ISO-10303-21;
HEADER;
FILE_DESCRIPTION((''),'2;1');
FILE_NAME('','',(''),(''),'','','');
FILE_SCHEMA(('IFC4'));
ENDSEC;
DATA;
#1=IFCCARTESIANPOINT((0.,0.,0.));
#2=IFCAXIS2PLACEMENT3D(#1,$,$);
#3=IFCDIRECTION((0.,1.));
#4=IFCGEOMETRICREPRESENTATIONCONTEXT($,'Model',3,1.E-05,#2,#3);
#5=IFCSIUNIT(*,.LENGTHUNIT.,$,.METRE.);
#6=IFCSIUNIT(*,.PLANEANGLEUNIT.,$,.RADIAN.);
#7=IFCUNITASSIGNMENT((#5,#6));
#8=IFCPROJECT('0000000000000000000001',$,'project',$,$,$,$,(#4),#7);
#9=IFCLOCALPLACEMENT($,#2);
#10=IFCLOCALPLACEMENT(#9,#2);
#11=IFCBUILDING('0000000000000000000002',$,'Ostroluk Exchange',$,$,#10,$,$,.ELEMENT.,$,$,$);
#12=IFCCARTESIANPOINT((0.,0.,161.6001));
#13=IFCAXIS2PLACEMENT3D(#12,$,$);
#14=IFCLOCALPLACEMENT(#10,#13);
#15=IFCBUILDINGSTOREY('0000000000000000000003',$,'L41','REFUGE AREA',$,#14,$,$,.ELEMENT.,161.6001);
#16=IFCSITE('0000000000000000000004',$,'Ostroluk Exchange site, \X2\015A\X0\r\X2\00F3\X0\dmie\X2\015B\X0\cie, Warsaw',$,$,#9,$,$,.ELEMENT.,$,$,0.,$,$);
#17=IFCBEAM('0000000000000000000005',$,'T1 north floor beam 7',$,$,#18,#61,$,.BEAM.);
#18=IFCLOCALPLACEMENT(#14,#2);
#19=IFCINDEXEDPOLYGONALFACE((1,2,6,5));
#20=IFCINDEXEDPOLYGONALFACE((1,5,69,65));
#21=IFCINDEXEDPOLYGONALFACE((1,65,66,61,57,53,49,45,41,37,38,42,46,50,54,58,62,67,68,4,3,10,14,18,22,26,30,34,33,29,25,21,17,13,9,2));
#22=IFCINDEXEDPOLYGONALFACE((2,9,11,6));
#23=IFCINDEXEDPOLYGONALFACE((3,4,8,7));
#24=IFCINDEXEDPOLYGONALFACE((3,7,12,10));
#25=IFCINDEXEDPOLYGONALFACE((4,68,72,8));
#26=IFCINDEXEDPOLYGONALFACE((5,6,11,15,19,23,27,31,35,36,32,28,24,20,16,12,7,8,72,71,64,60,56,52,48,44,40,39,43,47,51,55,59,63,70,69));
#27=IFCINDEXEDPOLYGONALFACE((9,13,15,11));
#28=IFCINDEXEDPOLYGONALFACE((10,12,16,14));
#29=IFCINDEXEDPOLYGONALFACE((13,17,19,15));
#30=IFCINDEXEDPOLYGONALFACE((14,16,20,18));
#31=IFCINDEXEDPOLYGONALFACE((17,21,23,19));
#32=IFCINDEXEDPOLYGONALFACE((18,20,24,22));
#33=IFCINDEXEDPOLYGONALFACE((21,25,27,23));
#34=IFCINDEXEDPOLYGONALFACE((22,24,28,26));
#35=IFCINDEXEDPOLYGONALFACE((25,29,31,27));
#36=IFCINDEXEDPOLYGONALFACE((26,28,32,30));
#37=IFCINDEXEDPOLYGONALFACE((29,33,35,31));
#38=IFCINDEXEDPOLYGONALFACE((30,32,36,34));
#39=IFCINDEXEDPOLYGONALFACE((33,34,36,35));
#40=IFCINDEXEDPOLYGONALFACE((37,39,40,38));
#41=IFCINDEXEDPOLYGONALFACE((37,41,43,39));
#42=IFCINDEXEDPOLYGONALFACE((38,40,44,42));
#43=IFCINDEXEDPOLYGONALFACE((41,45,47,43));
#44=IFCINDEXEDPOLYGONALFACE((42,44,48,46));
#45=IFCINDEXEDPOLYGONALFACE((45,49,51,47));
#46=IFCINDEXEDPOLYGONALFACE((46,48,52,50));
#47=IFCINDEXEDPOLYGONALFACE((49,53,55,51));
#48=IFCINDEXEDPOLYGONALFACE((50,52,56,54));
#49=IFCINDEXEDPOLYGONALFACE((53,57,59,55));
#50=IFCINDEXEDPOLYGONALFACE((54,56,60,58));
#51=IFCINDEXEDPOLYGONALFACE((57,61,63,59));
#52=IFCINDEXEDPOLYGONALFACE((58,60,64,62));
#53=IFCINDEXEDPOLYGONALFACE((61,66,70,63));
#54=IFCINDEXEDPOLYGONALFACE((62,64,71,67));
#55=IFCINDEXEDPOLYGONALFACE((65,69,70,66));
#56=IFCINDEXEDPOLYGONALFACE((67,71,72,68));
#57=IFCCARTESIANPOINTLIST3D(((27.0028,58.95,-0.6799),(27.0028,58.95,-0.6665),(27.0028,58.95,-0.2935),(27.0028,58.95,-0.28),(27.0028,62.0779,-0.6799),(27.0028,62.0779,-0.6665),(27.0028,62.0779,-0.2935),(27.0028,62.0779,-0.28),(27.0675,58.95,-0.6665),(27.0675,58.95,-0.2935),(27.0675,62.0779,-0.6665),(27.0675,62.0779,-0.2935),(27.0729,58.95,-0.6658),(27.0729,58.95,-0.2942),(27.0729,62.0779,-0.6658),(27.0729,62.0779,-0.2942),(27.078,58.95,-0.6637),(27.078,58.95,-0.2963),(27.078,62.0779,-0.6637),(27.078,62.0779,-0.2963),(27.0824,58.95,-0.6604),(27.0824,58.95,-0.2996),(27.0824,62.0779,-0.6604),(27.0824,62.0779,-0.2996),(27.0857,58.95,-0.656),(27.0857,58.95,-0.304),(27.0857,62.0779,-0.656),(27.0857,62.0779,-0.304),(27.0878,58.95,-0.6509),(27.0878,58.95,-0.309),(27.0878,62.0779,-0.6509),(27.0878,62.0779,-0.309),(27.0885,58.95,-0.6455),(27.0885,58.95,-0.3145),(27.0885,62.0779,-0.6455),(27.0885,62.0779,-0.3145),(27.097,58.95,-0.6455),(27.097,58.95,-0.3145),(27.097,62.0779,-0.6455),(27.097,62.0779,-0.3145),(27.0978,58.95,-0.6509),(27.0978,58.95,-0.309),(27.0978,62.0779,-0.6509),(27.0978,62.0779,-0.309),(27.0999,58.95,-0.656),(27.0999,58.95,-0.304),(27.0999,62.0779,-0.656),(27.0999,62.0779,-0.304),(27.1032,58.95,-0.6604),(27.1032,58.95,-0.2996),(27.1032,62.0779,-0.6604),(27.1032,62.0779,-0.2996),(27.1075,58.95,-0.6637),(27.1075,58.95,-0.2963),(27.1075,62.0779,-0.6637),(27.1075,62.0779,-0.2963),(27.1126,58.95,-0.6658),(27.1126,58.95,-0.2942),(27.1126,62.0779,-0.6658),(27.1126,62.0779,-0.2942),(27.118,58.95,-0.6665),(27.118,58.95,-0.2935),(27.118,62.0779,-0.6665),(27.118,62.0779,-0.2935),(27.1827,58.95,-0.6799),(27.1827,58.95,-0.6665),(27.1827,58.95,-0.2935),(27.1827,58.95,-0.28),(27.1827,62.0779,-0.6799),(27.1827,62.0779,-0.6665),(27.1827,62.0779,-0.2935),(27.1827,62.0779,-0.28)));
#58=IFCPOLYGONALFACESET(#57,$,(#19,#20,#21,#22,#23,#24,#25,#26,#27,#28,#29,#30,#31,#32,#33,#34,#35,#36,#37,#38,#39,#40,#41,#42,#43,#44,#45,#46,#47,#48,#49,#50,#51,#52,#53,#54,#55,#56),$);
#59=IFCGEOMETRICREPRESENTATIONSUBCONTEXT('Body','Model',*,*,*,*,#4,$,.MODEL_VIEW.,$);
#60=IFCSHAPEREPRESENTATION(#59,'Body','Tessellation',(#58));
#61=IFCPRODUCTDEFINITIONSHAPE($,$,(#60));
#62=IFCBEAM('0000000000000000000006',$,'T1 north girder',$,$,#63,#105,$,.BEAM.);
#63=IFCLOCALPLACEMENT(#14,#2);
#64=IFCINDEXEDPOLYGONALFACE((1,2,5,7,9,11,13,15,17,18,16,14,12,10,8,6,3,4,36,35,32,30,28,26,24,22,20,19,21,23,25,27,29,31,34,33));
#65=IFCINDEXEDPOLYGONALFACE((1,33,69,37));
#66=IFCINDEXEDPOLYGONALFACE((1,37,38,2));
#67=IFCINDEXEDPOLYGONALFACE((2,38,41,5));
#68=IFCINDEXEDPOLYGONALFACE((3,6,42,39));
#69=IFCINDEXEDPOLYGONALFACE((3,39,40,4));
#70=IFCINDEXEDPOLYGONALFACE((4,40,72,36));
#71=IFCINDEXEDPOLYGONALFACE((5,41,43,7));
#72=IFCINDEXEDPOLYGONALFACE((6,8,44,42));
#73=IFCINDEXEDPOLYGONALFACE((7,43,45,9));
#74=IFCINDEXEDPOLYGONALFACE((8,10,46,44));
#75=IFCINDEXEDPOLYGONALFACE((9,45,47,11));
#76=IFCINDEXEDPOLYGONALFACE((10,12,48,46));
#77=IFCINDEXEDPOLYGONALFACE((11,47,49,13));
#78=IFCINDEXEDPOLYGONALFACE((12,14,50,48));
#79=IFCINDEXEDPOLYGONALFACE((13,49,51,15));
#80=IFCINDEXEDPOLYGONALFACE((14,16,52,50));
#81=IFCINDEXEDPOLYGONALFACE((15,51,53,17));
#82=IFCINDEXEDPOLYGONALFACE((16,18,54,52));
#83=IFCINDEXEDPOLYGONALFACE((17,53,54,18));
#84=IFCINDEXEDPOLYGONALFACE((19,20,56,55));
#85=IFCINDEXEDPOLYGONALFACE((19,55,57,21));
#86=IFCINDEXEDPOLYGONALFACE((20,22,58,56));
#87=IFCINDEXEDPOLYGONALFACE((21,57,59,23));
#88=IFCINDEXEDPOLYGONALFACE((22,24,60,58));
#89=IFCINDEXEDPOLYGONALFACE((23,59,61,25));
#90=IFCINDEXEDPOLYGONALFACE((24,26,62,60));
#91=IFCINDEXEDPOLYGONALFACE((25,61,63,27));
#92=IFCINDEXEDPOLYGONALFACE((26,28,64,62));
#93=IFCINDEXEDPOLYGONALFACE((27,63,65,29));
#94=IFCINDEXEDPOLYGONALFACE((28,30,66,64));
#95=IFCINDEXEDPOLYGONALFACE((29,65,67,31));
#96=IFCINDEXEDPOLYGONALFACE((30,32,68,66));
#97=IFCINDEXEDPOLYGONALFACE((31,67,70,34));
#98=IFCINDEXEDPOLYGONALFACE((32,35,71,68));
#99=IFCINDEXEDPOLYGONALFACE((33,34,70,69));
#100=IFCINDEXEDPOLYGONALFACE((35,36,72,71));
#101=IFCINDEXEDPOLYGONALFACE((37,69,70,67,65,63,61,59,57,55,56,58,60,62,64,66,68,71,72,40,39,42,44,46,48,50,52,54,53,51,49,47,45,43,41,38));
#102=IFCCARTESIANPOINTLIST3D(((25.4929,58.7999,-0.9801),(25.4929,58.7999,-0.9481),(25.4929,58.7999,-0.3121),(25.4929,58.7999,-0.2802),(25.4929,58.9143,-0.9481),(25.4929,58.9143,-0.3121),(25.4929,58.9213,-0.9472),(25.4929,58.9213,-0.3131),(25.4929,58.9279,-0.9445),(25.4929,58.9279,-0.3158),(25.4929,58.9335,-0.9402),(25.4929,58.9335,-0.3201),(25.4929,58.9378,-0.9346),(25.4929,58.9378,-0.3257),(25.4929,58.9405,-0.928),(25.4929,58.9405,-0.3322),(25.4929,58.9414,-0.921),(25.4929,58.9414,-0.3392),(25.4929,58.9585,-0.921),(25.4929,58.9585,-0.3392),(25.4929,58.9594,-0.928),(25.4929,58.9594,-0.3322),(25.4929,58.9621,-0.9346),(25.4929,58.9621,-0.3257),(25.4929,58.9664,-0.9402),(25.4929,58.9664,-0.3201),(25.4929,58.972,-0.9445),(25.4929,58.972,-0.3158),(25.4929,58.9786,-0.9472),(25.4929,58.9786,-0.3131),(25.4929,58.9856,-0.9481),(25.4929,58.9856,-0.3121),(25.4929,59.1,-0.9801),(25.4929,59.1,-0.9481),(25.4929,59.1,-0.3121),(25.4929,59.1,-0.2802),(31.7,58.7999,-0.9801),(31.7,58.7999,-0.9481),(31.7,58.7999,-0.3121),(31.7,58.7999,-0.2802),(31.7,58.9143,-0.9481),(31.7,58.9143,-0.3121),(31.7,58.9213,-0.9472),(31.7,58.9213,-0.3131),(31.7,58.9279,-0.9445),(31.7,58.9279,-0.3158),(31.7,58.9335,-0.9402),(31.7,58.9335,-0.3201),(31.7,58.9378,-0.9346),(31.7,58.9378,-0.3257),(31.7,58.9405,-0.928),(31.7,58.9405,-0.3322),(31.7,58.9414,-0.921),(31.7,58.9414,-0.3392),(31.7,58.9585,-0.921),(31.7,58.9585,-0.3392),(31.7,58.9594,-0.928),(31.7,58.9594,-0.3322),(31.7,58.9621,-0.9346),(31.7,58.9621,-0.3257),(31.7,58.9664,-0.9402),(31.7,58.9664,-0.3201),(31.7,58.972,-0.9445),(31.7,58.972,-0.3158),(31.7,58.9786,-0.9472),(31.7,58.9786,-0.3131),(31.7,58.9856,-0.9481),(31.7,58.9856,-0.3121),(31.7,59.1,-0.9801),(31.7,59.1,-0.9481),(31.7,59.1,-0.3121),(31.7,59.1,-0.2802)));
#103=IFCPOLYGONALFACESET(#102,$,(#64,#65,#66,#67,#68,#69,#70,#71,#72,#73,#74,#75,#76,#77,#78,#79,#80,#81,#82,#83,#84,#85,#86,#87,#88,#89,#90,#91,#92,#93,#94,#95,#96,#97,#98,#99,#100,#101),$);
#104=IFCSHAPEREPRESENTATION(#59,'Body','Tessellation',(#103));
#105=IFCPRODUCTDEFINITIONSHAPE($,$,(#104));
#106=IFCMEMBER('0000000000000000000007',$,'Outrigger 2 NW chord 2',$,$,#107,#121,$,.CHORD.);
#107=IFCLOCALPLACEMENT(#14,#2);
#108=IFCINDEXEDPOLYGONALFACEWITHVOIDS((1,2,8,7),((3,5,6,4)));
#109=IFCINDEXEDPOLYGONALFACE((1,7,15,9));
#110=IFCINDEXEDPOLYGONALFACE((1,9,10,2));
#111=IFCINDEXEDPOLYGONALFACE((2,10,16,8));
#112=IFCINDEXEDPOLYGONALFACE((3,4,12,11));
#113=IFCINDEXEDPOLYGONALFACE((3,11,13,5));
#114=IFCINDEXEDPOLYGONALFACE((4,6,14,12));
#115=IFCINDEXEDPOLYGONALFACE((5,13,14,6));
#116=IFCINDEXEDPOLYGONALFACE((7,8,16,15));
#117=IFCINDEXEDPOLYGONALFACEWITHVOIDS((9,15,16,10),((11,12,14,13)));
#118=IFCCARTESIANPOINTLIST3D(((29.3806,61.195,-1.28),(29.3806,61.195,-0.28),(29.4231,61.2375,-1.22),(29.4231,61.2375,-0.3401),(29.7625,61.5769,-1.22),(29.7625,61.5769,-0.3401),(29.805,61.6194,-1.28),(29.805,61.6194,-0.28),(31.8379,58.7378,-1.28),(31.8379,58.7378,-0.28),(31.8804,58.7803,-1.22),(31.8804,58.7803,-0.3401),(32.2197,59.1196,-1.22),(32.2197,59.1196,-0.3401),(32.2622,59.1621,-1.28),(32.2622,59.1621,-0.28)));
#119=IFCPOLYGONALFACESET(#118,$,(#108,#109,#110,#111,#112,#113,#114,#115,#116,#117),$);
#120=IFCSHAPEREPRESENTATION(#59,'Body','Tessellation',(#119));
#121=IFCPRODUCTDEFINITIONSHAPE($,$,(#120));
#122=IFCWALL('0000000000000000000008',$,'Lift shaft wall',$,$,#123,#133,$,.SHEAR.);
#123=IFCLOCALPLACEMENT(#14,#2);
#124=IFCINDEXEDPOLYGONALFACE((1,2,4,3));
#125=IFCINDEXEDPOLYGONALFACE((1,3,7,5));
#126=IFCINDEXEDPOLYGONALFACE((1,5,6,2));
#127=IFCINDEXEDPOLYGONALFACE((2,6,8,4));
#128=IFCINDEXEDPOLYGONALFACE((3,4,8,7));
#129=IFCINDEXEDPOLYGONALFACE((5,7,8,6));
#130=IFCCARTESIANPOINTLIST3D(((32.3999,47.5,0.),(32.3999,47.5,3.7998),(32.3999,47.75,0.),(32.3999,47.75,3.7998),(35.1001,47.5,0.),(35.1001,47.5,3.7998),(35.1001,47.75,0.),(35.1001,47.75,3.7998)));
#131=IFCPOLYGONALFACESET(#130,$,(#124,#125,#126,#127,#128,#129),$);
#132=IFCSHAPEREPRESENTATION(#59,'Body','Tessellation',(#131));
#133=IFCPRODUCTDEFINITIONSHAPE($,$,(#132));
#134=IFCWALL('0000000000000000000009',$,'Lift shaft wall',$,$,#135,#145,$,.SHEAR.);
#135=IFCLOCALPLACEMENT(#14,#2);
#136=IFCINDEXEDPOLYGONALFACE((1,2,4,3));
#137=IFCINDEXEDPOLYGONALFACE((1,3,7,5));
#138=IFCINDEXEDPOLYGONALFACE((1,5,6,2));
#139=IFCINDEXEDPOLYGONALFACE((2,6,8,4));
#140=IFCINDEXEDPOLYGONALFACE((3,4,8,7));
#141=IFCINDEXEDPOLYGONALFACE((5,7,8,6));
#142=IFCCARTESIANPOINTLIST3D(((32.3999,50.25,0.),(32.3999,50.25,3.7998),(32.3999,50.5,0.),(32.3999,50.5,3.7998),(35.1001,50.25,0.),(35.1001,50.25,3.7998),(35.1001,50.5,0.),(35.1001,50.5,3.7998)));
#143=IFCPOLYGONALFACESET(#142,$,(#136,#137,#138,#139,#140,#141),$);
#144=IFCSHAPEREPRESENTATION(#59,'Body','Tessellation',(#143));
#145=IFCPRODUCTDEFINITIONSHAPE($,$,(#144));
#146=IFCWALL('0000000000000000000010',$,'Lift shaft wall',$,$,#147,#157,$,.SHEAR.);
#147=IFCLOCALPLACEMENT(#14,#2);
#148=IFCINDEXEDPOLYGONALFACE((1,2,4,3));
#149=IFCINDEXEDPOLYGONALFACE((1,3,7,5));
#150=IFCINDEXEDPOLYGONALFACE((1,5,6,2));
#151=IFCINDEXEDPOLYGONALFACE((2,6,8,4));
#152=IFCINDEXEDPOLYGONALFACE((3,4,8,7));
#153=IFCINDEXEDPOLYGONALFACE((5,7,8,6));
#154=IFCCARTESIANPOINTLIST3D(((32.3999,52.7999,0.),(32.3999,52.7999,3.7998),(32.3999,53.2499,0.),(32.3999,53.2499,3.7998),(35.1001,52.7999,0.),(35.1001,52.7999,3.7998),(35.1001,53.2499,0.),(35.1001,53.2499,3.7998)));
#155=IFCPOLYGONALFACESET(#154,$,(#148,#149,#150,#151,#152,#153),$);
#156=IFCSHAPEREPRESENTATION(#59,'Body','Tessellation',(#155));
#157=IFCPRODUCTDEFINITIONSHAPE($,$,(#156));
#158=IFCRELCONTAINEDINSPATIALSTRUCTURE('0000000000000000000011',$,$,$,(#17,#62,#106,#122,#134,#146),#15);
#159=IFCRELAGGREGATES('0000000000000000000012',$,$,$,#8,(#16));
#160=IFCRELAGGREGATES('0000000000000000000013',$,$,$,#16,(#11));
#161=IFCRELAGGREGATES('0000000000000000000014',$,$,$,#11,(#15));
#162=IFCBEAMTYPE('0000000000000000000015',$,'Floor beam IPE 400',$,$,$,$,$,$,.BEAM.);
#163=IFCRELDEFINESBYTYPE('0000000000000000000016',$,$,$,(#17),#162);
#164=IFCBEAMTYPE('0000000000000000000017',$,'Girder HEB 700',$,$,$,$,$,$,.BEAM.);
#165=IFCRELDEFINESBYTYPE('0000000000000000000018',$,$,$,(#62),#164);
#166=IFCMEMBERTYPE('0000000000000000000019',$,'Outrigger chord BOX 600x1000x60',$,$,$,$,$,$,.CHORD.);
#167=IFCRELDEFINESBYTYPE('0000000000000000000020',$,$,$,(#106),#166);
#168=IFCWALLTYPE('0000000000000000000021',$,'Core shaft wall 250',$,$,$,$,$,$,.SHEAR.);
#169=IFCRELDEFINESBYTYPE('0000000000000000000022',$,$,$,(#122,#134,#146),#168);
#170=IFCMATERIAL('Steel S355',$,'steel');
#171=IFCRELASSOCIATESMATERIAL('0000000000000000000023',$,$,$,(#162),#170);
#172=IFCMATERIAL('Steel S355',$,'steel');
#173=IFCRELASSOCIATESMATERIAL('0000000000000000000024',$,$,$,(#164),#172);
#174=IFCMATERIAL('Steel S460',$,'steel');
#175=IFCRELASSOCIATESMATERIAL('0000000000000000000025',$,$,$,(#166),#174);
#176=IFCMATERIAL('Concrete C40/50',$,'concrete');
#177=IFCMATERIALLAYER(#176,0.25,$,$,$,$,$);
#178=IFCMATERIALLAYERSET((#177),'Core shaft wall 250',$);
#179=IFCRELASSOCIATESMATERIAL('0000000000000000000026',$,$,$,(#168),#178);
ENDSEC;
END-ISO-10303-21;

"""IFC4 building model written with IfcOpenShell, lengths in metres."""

from ifc_helpers import new_model, si_unit, direction, frame, frame_2d, origin, origin_2d, place, context, subcontext, project, spatial, rectangle, hollow_rectangle, i_section, extrude, material, layer, layer_set, material_profile, profile_set, type_object, element, save


model = new_model("IFC4")

# Units and contexts
model_context = context("Model", 3, precision=1e-05, world=origin(), true_north=direction((0.0, 1.0)))
body_context = subcontext(model_context, "Body", "Model", "MODEL_VIEW")
ifc_project = project(units=[si_unit("LENGTHUNIT", "METRE"), si_unit("PLANEANGLEUNIT", "RADIAN")], contexts=[model_context])

# Site, building, storey
site_placement = place(None, origin())
site = spatial("IfcSite", under=ifc_project, at=site_placement, Name="Ostroluk Exchange site, Śródmieście, Warsaw", CompositionType="ELEMENT", RefElevation=0.0)
building_placement = place(site_placement, origin())
building = spatial("IfcBuilding", under=site, at=building_placement, Name="Ostroluk Exchange", CompositionType="ELEMENT")
storey_placement = place(building_placement, frame((0.0, 0.0, 161.6001)))
storey = spatial("IfcBuildingStorey", under=building, at=storey_placement, Name="L41", Description="REFUGE AREA", CompositionType="ELEMENT", Elevation=161.6001)

# Beams
ifc_material_1 = material(Name="Steel S355", Category="steel")
ifc_material_profile_1 = material_profile(ifc_material_1, i_section(OverallWidth=0.1799, OverallDepth=0.3999, WebThickness=0.0085, FlangeThickness=0.0134, FilletRadius=0.021, at=origin_2d()), Name="IPE 400")
ifc_profile_set_1 = profile_set([ifc_material_profile_1], Name="Steel S355")
beam_type_1 = type_object("IfcBeamType", Name="Floor beam IPE 400", PredefinedType="BEAM", material=ifc_profile_set_1)
beam_1_placement = place(storey_placement, frame((27.0928, 58.95, -0.48), z_axis=(0.0, 1.0, 0.0), x_axis=(-1.0, 0.0, 0.0)))
element("IfcBeam", 1, at=beam_1_placement, inside=storey, type_object=beam_type_1, Name="T1 north floor beam 7", PredefinedType="BEAM", context=body_context, shape_type="SweptSolid", body=[
    extrude(i_section(OverallWidth=0.1799, OverallDepth=0.3999, WebThickness=0.0085, FlangeThickness=0.0134, FilletRadius=0.021, at=origin_2d()), origin(), (0.0, 0.0, 1.0), 3.1279),
])
ifc_material_2 = material(Name="Steel S355", Category="steel")
ifc_material_profile_2 = material_profile(ifc_material_2, i_section(OverallWidth=0.3, OverallDepth=0.7, WebThickness=0.0171, FlangeThickness=0.032, FilletRadius=0.0271, at=origin_2d()), Name="HEB 700")
ifc_profile_set_2 = profile_set([ifc_material_profile_2], Name="Steel S355")
beam_type_2 = type_object("IfcBeamType", Name="Girder HEB 700", PredefinedType="BEAM", material=ifc_profile_set_2)
beam_2_placement = place(storey_placement, frame((31.7, 58.95, -0.6301), z_axis=(-1.0, 0.0, 0.0), x_axis=(0.0, -1.0, 0.0)))
element("IfcBeam", 2, at=beam_2_placement, inside=storey, type_object=beam_type_2, Name="T1 north girder", PredefinedType="BEAM", context=body_context, shape_type="SweptSolid", body=[
    extrude(i_section(OverallWidth=0.3, OverallDepth=0.7, WebThickness=0.0171, FlangeThickness=0.032, FilletRadius=0.0271, at=origin_2d()), origin(), (0.0, 0.0, 1.0), 6.207),
])

# Member
ifc_material_3 = material(Name="Steel S460", Category="steel")
ifc_material_profile_3 = material_profile(ifc_material_3, hollow_rectangle(XDim=0.6001, YDim=1.0, WallThickness=0.0601, at=origin_2d()), Name="BOX 600x1000x60")
ifc_profile_set_3 = profile_set([ifc_material_profile_3], Name="Steel S460")
member_type = type_object("IfcMemberType", Name="Outrigger chord BOX 600x1000x60", PredefinedType="CHORD", material=ifc_profile_set_3)
member_placement = place(storey_placement, frame((32.05, 58.95, -0.78), z_axis=(-0.707107, 0.707107, 0.0), x_axis=(-0.707107, -0.707107, 0.0)))
element("IfcMember", 3, at=member_placement, inside=storey, type_object=member_type, Name="Outrigger 2 NW chord 2", PredefinedType="CHORD", context=body_context, shape_type="SweptSolid", body=[
    extrude(hollow_rectangle(XDim=0.6001, YDim=1.0, WallThickness=0.0601, at=origin_2d()), origin(), (0.0, 0.0, 1.0), 3.4751),
])

# Walls
ifc_material_4 = material(Name="Concrete C40/50", Category="concrete")
ifc_layer_1 = layer(ifc_material_4, 0.25)
ifc_layer_set_1 = layer_set([ifc_layer_1], Name="Core shaft wall 250")
wall_type_1 = type_object("IfcWallType", Name="Core shaft wall 250", PredefinedType="SHEAR", material=ifc_layer_set_1)
for number, where, z_axis, x_axis, name in (
    (4, (32.3999, 47.625, 0.0), (0.0, 0.0, 1.0), (1.0, 0.0, 0.0), "Lift shaft wall"),
    (5, (32.3999, 50.375, 0.0), (0.0, 0.0, 1.0), (1.0, 0.0, 0.0), "Lift shaft wall"),
):
    element("IfcWall", number, at=place(storey_placement, frame(where, z_axis=z_axis, x_axis=x_axis)), inside=storey, type_object=wall_type_1, Name=name, PredefinedType="SHEAR", context=body_context, shape_type="SweptSolid", body=[
        extrude(rectangle(XDim=2.7002, YDim=0.25, at=frame_2d((1.3501, 0.0))), origin(), (0.0, 0.0, 1.0), 3.7998),
    ])
wall_1_placement = place(storey_placement, frame((32.3999, 53.0249, 0.0), z_axis=(0.0, 0.0, 1.0), x_axis=(1.0, 0.0, 0.0)))
element("IfcWall", 6, at=wall_1_placement, inside=storey, type_object=wall_type_1, Name="Lift shaft wall", PredefinedType="SHEAR", context=body_context, shape_type="SweptSolid", body=[
    extrude(rectangle(XDim=2.7002, YDim=0.45, at=frame_2d((1.3501, 0.0))), origin(), (0.0, 0.0, 1.0), 3.7998),
])

save(model, "model.ifc")
